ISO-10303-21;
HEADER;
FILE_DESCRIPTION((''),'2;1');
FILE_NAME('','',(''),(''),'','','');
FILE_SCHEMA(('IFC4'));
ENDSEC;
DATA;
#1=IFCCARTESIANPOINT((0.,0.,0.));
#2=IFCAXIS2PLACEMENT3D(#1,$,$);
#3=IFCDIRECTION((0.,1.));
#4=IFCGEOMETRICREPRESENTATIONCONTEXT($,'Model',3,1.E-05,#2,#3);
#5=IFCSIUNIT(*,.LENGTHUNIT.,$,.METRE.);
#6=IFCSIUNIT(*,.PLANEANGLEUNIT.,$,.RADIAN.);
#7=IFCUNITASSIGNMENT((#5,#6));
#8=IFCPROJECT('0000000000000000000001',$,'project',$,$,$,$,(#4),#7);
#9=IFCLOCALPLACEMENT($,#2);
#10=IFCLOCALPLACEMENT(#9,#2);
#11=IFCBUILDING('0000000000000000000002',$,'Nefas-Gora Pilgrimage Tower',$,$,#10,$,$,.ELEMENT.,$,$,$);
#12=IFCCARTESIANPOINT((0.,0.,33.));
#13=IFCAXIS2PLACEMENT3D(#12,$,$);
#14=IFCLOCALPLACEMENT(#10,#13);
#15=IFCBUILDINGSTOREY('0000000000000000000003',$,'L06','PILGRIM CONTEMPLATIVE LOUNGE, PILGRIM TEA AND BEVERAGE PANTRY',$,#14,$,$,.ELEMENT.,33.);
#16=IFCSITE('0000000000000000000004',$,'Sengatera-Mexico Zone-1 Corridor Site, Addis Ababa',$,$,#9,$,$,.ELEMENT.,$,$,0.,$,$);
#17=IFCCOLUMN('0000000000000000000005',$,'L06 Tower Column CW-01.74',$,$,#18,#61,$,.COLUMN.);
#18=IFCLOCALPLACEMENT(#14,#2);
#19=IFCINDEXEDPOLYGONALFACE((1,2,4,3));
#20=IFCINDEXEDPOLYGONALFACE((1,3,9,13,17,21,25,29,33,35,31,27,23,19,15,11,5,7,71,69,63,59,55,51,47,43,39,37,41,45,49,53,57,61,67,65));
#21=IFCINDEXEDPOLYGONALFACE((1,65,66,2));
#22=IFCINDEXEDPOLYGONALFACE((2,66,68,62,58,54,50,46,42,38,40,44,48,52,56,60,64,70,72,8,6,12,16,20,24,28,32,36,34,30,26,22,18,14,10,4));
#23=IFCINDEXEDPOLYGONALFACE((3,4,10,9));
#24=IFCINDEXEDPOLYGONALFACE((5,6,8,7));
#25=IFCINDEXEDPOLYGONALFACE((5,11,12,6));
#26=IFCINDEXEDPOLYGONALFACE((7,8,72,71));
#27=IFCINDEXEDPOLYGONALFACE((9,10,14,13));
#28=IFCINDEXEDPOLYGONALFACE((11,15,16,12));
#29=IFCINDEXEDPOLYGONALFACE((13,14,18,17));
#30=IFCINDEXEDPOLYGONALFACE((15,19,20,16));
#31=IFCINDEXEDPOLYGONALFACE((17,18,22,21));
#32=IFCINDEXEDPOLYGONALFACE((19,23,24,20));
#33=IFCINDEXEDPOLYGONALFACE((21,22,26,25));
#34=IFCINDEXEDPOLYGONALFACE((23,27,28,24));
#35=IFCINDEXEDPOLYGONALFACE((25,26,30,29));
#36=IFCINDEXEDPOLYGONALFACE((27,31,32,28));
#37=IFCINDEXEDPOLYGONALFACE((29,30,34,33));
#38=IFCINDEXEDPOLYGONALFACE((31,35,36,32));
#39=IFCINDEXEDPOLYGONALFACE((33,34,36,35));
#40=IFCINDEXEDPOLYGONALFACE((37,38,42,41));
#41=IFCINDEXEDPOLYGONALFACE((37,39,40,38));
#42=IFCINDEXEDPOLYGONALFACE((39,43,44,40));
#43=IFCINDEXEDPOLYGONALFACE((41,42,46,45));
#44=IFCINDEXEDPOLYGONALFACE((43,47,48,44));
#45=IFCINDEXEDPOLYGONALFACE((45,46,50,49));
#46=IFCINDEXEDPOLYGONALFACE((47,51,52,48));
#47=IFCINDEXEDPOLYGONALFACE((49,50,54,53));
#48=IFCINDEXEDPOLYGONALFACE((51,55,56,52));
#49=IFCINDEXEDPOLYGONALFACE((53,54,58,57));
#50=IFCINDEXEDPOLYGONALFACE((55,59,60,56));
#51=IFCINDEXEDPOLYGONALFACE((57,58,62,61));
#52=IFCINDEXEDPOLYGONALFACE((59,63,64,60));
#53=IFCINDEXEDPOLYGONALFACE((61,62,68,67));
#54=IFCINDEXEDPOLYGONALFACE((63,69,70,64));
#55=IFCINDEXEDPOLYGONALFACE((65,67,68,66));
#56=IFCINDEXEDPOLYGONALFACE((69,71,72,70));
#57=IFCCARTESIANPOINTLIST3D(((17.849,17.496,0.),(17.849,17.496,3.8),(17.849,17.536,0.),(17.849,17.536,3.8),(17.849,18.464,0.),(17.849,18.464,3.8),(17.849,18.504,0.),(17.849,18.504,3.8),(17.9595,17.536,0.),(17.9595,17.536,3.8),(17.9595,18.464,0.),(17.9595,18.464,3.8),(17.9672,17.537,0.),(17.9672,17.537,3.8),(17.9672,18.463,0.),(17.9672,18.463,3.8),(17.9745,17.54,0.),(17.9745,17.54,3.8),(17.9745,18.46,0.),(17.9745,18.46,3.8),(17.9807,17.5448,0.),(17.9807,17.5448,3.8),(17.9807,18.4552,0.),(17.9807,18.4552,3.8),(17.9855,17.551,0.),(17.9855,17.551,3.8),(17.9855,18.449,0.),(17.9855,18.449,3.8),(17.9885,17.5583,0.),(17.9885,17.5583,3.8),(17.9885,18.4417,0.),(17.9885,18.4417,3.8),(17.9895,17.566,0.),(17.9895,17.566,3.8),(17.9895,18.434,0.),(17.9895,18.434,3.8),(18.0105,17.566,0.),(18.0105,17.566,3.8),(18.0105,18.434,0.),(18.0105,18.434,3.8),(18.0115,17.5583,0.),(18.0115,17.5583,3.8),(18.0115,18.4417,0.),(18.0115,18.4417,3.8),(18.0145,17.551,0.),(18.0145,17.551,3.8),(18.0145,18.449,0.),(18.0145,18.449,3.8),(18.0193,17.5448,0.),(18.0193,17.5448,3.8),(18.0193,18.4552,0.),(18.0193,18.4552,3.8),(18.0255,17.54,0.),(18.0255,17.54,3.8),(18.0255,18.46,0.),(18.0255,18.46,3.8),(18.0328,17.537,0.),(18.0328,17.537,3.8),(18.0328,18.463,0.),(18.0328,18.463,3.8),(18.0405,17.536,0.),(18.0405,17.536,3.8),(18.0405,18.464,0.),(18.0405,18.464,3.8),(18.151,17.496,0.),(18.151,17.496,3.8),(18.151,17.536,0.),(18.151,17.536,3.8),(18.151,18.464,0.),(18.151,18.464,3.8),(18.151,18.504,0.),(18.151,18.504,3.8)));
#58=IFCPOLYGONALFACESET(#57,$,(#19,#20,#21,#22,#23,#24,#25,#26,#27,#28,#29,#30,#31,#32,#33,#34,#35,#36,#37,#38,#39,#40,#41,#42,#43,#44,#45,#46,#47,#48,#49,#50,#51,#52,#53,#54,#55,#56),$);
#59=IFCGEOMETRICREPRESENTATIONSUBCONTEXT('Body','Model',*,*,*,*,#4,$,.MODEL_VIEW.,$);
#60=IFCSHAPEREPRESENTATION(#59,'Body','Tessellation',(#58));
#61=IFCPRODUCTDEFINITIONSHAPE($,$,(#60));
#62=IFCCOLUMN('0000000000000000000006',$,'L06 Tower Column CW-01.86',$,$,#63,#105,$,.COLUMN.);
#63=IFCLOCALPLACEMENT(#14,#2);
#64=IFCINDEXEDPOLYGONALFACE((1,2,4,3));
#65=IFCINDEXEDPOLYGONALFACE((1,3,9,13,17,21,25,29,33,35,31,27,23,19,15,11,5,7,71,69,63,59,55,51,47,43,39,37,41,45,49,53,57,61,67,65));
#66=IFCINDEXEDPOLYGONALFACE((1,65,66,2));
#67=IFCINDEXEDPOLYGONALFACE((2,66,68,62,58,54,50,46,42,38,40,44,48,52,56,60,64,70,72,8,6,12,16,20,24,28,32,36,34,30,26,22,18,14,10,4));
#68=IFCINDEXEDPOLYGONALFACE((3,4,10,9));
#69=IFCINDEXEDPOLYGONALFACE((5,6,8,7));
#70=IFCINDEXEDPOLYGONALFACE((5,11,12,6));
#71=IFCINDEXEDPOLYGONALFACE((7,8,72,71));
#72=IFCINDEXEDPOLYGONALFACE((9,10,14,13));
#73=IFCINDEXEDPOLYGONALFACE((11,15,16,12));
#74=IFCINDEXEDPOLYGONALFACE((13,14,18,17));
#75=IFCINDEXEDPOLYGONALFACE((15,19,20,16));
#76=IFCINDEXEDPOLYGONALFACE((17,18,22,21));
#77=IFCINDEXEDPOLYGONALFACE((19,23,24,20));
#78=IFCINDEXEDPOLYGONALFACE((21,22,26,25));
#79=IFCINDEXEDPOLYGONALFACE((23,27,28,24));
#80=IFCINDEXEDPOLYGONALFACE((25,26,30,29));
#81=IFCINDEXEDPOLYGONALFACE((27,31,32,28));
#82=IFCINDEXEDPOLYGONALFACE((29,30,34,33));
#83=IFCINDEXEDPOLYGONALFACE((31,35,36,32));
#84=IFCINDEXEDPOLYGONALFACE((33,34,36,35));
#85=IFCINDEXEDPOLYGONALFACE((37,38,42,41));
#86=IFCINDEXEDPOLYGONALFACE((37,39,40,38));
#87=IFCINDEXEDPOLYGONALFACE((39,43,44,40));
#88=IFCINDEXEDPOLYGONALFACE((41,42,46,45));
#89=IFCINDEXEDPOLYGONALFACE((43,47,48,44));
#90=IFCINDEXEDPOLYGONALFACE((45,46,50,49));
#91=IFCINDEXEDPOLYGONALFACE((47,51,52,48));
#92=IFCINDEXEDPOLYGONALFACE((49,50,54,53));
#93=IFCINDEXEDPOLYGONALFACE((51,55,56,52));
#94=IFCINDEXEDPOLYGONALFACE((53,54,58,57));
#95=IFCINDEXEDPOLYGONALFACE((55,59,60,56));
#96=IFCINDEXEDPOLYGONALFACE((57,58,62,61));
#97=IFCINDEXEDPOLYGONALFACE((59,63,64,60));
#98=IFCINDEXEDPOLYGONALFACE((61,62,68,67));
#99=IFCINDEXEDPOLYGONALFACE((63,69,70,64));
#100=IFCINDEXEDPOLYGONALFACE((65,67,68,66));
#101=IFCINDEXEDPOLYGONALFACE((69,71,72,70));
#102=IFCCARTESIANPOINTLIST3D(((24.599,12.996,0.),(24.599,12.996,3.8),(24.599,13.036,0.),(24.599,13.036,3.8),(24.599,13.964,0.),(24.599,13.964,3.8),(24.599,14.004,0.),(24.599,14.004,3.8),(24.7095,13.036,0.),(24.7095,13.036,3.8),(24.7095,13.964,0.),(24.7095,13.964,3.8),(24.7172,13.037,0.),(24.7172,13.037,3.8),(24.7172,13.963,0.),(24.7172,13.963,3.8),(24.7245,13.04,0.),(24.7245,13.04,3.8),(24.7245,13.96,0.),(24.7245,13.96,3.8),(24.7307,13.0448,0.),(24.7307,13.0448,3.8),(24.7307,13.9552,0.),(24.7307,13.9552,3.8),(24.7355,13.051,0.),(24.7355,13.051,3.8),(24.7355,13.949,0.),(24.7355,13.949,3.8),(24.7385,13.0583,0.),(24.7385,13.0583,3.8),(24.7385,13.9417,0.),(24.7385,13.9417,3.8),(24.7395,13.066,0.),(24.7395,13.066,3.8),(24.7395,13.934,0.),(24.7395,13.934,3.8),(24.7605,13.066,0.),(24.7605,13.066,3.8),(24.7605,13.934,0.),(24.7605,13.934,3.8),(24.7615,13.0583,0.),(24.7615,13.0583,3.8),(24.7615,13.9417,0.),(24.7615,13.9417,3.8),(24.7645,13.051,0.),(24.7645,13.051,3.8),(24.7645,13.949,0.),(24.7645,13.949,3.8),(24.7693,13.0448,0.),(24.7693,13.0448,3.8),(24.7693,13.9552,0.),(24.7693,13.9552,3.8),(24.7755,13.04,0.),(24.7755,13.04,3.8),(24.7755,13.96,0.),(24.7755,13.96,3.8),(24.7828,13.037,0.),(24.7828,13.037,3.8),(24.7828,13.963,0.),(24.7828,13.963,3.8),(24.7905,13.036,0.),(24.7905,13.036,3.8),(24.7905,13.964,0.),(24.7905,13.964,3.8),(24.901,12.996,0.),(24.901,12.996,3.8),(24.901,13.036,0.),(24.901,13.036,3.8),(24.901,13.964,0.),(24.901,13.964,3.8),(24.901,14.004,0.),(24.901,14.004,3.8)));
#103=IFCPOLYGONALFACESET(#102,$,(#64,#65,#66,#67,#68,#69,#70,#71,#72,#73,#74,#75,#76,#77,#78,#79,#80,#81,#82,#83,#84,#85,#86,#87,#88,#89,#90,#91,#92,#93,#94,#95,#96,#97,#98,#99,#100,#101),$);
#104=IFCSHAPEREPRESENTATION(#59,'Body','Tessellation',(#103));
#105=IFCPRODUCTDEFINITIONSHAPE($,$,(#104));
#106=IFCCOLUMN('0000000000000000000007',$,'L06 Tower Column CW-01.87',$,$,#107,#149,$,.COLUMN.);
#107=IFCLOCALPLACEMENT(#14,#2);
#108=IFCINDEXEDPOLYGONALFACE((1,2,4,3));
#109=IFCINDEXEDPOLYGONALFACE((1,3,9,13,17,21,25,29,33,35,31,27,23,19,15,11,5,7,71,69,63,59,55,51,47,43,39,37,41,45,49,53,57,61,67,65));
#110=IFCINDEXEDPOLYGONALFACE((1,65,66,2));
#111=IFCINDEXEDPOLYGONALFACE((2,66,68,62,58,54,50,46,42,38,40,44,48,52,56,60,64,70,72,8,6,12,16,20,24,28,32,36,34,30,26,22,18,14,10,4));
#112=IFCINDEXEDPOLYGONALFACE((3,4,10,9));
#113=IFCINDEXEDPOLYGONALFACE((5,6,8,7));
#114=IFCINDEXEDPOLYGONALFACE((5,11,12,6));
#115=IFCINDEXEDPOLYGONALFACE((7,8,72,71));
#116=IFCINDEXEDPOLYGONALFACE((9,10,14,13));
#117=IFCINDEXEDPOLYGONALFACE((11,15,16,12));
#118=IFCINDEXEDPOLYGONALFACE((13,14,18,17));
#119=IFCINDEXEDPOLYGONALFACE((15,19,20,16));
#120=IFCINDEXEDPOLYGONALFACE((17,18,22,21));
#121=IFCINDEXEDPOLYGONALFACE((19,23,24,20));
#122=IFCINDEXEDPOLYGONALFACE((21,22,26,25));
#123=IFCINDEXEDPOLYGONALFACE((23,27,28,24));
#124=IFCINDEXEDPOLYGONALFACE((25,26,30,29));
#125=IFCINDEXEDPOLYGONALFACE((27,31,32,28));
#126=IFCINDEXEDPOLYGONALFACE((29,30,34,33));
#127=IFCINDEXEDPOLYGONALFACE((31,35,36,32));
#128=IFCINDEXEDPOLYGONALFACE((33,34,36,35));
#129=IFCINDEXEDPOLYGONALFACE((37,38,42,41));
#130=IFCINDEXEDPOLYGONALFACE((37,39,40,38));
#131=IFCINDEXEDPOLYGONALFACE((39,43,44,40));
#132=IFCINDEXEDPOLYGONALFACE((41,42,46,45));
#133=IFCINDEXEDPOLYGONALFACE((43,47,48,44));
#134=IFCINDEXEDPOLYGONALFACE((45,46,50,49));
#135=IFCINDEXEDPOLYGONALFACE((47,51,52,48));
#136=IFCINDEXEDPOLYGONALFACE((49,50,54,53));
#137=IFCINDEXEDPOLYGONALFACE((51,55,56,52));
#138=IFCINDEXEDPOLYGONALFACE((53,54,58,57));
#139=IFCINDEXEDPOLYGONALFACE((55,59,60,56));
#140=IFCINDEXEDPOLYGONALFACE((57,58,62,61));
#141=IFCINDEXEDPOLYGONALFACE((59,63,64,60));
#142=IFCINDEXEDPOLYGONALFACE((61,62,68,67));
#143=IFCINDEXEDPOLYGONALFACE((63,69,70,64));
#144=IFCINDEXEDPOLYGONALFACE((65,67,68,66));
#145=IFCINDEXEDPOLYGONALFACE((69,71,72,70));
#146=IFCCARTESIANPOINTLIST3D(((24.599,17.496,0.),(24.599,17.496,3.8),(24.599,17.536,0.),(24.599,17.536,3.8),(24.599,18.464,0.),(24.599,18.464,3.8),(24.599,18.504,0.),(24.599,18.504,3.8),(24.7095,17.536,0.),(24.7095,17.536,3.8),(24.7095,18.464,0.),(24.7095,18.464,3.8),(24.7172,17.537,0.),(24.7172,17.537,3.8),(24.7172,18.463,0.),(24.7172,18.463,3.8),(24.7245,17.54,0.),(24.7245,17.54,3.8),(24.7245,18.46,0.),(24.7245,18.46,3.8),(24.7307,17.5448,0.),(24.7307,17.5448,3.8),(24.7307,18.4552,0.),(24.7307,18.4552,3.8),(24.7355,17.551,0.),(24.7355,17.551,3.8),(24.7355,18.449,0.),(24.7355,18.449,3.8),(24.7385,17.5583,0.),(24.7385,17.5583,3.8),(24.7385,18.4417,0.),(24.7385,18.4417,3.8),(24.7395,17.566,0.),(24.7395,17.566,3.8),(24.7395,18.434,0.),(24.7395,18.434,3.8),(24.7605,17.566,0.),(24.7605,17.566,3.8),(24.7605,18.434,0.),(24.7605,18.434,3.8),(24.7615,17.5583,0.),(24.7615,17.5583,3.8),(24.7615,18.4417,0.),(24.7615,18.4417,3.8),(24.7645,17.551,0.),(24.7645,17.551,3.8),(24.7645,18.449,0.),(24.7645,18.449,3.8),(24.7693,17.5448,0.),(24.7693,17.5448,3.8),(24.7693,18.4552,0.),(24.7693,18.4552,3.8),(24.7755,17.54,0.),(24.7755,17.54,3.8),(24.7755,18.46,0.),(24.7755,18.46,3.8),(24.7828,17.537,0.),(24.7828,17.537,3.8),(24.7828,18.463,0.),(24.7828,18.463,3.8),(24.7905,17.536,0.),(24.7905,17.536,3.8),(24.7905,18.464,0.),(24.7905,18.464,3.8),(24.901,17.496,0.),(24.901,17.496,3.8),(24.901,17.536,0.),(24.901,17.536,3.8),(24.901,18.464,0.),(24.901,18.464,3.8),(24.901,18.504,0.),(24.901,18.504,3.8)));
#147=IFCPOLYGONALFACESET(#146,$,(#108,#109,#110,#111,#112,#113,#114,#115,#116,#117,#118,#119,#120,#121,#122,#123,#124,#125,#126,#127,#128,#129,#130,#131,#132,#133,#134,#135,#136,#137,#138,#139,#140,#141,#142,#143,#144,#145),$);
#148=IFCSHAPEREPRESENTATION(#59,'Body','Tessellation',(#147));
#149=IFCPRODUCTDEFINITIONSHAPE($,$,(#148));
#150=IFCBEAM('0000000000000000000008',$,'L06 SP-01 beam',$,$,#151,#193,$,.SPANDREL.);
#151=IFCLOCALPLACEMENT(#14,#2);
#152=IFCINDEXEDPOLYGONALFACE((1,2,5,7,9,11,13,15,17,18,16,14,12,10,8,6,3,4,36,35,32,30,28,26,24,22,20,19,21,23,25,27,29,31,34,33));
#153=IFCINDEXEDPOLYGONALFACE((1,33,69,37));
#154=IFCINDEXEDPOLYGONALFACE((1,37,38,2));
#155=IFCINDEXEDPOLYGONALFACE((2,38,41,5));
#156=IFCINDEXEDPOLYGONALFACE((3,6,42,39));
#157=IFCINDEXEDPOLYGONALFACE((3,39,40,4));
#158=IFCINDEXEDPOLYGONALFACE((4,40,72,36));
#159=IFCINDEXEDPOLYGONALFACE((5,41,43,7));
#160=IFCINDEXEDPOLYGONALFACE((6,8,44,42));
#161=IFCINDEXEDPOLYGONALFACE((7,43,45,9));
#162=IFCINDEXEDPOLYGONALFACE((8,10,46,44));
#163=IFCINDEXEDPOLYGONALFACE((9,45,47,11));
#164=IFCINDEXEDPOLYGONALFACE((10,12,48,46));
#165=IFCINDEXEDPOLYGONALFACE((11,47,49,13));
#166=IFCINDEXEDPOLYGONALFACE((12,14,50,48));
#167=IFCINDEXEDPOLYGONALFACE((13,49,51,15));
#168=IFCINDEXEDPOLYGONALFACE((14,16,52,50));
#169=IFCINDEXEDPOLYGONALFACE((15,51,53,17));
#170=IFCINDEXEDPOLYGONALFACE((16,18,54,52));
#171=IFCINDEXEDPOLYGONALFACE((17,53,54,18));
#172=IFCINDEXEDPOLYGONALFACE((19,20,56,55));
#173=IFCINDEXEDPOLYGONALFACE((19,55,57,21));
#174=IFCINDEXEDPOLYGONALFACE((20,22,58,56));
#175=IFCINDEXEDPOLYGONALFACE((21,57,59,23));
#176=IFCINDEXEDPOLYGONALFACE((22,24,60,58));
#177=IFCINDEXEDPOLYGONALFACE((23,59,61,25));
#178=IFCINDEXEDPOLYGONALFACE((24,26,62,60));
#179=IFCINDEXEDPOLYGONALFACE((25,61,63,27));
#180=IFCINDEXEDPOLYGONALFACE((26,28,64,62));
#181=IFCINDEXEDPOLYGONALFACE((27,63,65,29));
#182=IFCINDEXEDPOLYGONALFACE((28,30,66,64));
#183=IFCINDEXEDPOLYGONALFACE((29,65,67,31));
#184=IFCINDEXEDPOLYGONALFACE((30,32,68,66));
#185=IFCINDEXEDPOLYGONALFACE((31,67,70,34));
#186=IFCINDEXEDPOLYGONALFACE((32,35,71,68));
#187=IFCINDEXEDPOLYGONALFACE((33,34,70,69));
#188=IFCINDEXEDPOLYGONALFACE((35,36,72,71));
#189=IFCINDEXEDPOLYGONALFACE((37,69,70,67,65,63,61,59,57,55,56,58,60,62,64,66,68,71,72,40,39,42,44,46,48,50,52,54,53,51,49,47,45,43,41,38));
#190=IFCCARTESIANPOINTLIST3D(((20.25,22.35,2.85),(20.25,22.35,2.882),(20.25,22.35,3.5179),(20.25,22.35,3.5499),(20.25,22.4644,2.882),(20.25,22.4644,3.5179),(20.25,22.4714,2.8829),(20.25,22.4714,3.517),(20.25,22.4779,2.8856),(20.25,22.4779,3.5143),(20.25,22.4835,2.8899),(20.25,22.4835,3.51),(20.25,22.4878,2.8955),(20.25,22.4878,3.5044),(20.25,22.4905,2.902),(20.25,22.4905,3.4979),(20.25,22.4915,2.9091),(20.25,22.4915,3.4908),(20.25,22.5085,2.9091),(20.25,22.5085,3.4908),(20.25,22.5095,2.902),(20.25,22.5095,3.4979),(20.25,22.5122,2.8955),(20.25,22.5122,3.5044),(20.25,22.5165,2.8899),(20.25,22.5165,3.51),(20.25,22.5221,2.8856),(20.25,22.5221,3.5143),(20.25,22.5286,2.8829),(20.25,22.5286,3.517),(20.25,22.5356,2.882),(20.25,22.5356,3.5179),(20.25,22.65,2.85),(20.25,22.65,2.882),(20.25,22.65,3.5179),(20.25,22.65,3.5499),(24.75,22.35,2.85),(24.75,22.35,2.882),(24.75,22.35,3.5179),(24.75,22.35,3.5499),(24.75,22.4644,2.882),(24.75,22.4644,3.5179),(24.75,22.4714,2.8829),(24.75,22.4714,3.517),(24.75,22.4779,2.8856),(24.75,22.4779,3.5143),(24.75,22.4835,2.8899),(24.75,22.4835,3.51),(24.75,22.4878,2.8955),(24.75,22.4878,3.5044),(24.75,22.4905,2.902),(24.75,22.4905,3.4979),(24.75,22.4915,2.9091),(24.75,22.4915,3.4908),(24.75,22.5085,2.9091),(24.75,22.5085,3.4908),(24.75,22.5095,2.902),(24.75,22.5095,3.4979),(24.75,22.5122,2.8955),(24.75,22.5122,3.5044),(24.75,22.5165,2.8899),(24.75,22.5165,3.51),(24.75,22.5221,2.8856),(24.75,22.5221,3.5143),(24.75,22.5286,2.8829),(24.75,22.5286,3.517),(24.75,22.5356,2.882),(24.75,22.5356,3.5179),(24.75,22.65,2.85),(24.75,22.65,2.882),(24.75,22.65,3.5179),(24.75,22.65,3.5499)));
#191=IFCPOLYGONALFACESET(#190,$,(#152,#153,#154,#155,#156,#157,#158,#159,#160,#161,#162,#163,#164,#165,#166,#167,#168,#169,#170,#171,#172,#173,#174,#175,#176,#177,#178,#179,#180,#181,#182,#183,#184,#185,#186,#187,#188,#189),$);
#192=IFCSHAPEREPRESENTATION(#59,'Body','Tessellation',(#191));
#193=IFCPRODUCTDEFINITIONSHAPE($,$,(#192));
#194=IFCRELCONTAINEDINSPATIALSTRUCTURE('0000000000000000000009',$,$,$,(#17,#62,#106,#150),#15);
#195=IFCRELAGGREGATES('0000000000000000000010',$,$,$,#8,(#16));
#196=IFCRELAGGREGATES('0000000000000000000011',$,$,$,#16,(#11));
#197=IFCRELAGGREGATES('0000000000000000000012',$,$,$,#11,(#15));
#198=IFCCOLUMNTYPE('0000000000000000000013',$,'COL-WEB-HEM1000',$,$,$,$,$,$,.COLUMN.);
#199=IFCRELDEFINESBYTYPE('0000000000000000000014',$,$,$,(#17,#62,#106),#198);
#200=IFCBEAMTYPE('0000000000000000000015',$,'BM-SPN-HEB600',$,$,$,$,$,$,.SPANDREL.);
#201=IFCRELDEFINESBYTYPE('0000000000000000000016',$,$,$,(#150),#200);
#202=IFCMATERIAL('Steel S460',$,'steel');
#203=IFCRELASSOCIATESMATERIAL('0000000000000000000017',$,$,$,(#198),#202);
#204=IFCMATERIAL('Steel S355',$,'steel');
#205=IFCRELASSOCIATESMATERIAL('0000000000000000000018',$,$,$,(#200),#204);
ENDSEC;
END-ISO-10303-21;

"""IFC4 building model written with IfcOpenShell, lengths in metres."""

from ifc_helpers import new_model, si_unit, direction, frame, origin, origin_2d, place, context, subcontext, project, spatial, i_section, extrude, source, transform, mapped, material, material_profile, profile_set, type_object, element, save


model = new_model("IFC4")

# Units and contexts
model_context = context("Model", 3, precision=1e-05, world=origin(), true_north=direction((0.0, 1.0)))
body_context = subcontext(model_context, "Body", "Model", "MODEL_VIEW")
ifc_project = project(units=[si_unit("LENGTHUNIT", "METRE"), si_unit("PLANEANGLEUNIT", "RADIAN")], contexts=[model_context])

# Site, building, storey
site_placement = place(None, origin())
site = spatial("IfcSite", under=ifc_project, at=site_placement, Name="Sengatera-Mexico Zone-1 Corridor Site, Addis Ababa", CompositionType="ELEMENT", RefElevation=0.0)
building_placement = place(site_placement, origin())
building = spatial("IfcBuilding", under=site, at=building_placement, Name="Nefas-Gora Pilgrimage Tower", CompositionType="ELEMENT")
storey_placement = place(building_placement, frame((0.0, 0.0, 33.0)))
storey = spatial("IfcBuildingStorey", under=building, at=storey_placement, Name="L06", Description="PILGRIM CONTEMPLATIVE LOUNGE, PILGRIM TEA AND BEVERAGE PANTRY", CompositionType="ELEMENT", Elevation=33.0)

# Columns
ifc_material_1 = material(Name="Steel S460", Category="steel")
ifc_material_profile_1 = material_profile(ifc_material_1, i_section(OverallWidth=0.302, OverallDepth=1.0081, WebThickness=0.021, FlangeThickness=0.04, FilletRadius=0.03, at=origin_2d()), Name="HEM 1000")
ifc_profile_set_1 = profile_set([ifc_material_profile_1], Name="Steel S460")
column_type_1 = type_object("IfcColumnType", Name="COL-WEB-HEM1000", PredefinedType="COLUMN", material=ifc_profile_set_1)
shared_shape_1 = source(origin(), body_context, "Body", "SweptSolid", [
    extrude(i_section(OverallWidth=0.302, OverallDepth=1.0081, WebThickness=0.021, FlangeThickness=0.04, FilletRadius=0.03, at=origin_2d()), origin(), (0.0, 0.0, 1.0), 3.8),
])
for number, where, z_axis, x_axis, name in (
    (1, (18.0, 18.0, 0.0), (0.0, 0.0, 1.0), (1.0, 0.0, 0.0), "L06 Tower Column CW-01.74"),
    (2, (24.75, 13.5, 0.0), (0.0, 0.0, 1.0), (1.0, 0.0, 0.0), "L06 Tower Column CW-01.86"),
    (3, (24.75, 18.0, 0.0), (0.0, 0.0, 1.0), (1.0, 0.0, 0.0), "L06 Tower Column CW-01.87"),
):
    element("IfcColumn", number, at=place(storey_placement, frame(where, z_axis=z_axis, x_axis=x_axis)), inside=storey, type_object=column_type_1, Name=name, PredefinedType="COLUMN", context=body_context, shape_type="MappedRepresentation", body=[
        mapped(shared_shape_1, transform((0.0, 0.0, 0.0), x_axis=(1.0, 0.0, 0.0), y_axis=(0.0, 1.0, 0.0), z_axis=(0.0, 0.0, 1.0), scale=1.0)),
    ])

# Beam
ifc_material_2 = material(Name="Steel S355", Category="steel")
ifc_material_profile_2 = material_profile(ifc_material_2, i_section(OverallWidth=0.3, OverallDepth=0.7, WebThickness=0.0171, FlangeThickness=0.032, FilletRadius=0.0271, at=origin_2d()), Name="HEB 700")
ifc_profile_set_2 = profile_set([ifc_material_profile_2], Name="Steel S355")
beam_type_1 = type_object("IfcBeamType", Name="BM-SPN-HEB600", PredefinedType="SPANDREL", material=ifc_profile_set_2)
shared_shape_2 = source(origin(), body_context, "Body", "SweptSolid", [
    extrude(i_section(OverallWidth=0.3, OverallDepth=0.7, WebThickness=0.0171, FlangeThickness=0.032, FilletRadius=0.0271, at=origin_2d()), origin(), (0.0, 0.0, 1.0), 4.5),
])
beam_1_placement = place(storey_placement, frame((20.25, 22.5, 3.2), z_axis=(1.0, 0.0, 0.0), x_axis=(0.0, 1.0, 0.0)))
element("IfcBeam", 4, at=beam_1_placement, inside=storey, type_object=beam_type_1, Name="L06 SP-01 beam", PredefinedType="SPANDREL", context=body_context, shape_type="MappedRepresentation", body=[
    mapped(shared_shape_2, transform((0.0, 0.0, 0.0), x_axis=(1.0, 0.0, 0.0), y_axis=(0.0, 1.0, 0.0), z_axis=(0.0, 0.0, 1.0), scale=1.0)),
])

save(model, "model.ifc")
